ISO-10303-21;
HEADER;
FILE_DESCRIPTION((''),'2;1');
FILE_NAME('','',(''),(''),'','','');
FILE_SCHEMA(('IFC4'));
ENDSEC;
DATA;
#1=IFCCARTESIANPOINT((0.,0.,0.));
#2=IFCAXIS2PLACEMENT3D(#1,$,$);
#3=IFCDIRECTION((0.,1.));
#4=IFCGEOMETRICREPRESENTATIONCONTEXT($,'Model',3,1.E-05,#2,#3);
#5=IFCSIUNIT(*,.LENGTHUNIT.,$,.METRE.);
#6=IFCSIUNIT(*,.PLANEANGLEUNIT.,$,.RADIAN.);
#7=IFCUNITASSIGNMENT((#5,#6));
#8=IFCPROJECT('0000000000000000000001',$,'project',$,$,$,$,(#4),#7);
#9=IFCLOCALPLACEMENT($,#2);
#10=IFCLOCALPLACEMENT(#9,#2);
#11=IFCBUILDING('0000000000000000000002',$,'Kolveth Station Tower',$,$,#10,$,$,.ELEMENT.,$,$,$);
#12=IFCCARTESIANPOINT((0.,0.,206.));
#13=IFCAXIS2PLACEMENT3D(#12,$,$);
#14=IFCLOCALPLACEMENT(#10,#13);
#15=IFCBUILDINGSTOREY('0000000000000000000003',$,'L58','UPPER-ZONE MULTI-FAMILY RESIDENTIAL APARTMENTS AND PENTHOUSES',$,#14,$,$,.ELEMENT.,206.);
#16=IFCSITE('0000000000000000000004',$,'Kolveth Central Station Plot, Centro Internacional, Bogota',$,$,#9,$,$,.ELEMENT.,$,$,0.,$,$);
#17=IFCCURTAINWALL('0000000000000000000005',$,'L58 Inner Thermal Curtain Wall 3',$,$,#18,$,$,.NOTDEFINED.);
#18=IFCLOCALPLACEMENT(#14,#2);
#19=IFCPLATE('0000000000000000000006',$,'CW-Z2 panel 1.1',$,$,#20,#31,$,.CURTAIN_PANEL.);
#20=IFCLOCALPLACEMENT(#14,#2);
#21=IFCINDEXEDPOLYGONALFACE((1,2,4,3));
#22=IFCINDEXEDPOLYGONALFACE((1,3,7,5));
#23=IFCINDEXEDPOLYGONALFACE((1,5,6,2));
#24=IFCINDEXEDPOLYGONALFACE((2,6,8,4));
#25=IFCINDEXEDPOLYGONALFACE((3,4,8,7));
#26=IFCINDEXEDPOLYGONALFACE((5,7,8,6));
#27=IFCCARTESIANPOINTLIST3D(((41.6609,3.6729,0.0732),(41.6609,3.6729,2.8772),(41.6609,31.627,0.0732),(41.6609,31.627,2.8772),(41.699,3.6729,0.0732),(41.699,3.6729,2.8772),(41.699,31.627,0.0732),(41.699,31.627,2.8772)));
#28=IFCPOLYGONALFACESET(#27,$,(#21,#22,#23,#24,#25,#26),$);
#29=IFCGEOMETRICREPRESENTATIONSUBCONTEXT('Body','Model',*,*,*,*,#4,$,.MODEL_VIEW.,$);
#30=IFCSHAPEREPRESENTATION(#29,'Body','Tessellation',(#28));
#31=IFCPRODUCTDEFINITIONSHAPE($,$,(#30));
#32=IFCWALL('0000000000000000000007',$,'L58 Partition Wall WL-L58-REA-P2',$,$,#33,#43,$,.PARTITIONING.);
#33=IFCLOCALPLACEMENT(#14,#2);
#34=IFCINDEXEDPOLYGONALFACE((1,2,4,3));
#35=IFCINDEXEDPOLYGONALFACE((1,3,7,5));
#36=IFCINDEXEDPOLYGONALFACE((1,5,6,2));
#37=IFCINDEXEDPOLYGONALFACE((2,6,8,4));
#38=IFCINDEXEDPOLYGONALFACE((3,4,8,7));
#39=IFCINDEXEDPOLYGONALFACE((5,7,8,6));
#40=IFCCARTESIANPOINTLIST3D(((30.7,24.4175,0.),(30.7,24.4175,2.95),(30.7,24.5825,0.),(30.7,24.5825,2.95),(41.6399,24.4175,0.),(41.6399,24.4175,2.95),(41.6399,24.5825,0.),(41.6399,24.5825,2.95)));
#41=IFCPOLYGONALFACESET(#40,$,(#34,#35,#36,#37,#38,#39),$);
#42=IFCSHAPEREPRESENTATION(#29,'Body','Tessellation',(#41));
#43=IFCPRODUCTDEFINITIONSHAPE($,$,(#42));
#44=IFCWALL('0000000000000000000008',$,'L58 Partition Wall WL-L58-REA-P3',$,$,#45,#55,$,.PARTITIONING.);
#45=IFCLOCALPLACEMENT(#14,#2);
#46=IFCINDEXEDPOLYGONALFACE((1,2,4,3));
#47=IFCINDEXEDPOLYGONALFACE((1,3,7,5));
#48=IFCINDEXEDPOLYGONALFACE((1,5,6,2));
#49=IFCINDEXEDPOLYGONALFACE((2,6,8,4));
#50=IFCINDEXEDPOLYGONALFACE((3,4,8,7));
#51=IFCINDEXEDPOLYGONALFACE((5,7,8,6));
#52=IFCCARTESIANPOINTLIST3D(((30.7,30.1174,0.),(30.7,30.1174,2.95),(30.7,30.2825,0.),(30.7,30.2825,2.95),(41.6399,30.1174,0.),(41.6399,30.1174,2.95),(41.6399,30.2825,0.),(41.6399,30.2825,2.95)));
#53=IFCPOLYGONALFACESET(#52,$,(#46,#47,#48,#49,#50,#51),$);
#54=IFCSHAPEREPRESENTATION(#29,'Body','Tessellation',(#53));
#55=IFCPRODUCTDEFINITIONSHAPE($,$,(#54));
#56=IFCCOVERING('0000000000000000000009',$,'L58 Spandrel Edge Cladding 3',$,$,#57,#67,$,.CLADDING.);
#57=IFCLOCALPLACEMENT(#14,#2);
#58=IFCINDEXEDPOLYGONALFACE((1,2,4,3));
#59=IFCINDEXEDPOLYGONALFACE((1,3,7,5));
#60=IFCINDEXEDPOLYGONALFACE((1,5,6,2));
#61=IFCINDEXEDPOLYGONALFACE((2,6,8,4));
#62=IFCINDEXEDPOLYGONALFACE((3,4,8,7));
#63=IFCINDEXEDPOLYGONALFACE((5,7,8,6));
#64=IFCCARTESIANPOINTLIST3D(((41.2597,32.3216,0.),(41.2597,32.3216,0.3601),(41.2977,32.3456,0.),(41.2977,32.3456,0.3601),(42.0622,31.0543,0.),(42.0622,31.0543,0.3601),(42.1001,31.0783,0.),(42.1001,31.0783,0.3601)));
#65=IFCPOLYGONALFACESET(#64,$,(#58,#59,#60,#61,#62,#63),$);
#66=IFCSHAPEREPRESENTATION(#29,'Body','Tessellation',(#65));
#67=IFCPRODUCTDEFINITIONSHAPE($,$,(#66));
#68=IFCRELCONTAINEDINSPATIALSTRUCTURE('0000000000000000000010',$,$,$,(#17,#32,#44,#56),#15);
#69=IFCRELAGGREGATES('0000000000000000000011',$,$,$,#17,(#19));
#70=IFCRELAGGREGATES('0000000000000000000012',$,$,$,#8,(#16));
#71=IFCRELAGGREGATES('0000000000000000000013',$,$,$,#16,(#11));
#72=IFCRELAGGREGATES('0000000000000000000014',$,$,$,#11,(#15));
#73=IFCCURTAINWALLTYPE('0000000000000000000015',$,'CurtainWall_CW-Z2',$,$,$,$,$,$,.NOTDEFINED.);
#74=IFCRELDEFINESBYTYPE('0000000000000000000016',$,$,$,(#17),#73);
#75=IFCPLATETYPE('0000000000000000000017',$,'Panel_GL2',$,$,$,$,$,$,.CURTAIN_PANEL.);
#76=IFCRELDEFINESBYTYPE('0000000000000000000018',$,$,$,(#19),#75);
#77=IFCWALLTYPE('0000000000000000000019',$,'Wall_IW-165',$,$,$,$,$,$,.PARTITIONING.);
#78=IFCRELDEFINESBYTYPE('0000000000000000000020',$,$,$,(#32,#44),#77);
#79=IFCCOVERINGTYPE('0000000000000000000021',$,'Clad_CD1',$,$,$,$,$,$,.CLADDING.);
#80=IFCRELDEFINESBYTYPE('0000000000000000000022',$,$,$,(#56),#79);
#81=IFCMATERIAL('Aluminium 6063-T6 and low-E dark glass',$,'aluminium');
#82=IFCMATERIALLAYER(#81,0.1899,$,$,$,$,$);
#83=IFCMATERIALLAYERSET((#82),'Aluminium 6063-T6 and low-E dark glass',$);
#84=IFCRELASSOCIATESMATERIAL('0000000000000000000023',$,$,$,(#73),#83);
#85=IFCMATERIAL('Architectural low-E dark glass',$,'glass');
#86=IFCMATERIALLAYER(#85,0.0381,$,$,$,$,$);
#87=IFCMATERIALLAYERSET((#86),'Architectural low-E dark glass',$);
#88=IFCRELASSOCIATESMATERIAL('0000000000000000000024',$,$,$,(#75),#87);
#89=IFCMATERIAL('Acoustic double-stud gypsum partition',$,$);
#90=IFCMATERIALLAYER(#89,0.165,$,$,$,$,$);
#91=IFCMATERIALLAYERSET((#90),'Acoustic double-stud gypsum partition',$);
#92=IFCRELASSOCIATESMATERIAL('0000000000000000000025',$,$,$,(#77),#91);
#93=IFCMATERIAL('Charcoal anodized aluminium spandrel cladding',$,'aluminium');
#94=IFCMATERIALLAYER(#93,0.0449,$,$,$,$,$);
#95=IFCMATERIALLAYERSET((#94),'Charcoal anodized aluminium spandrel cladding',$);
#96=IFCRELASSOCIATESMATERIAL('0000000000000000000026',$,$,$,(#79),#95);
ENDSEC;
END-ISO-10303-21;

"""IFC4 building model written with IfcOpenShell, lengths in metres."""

from ifc_helpers import new_model, si_unit, direction, frame, frame_2d, origin, origin_2d, place, context, subcontext, project, spatial, rectangle, extrude, source, transform, mapped, material, layer, layer_set, type_object, element, aggregate, save


model = new_model("IFC4")

# Units and contexts
model_context = context("Model", 3, precision=1e-05, world=origin(), true_north=direction((0.0, 1.0)))
body_context = subcontext(model_context, "Body", "Model", "MODEL_VIEW")
ifc_project = project(units=[si_unit("LENGTHUNIT", "METRE"), si_unit("PLANEANGLEUNIT", "RADIAN")], contexts=[model_context])

# Site, building, storey
site_placement = place(None, origin())
site = spatial("IfcSite", under=ifc_project, at=site_placement, Name="Kolveth Central Station Plot, Centro Internacional, Bogota", CompositionType="ELEMENT", RefElevation=0.0)
building_placement = place(site_placement, origin())
building = spatial("IfcBuilding", under=site, at=building_placement, Name="Kolveth Station Tower", CompositionType="ELEMENT")
storey_placement = place(building_placement, frame((0.0, 0.0, 206.0)))
storey = spatial("IfcBuildingStorey", under=building, at=storey_placement, Name="L58", Description="UPPER-ZONE MULTI-FAMILY RESIDENTIAL APARTMENTS AND PENTHOUSES", CompositionType="ELEMENT", Elevation=206.0)

# Curtain wall
ifc_material_1 = material(Name="Aluminium 6063-T6 and low-E dark glass", Category="aluminium")
ifc_layer_1 = layer(ifc_material_1, 0.1899)
ifc_layer_set_1 = layer_set([ifc_layer_1], Name="Aluminium 6063-T6 and low-E dark glass")
curtain_wall_type = type_object("IfcCurtainWallType", Name="CurtainWall_CW-Z2", PredefinedType="NOTDEFINED", material=ifc_layer_set_1)
curtain_wall_1_placement = place(storey_placement, origin())
curtain_wall_1 = element("IfcCurtainWall", 1, at=curtain_wall_1_placement, inside=storey, type_object=curtain_wall_type, Name="L58 Inner Thermal Curtain Wall 3", PredefinedType="NOTDEFINED")

# Plate
ifc_material_2 = material(Name="Architectural low-E dark glass", Category="glass")
ifc_layer_2 = layer(ifc_material_2, 0.0381)
ifc_layer_set_2 = layer_set([ifc_layer_2], Name="Architectural low-E dark glass")
plate_type = type_object("IfcPlateType", Name="Panel_GL2", PredefinedType="CURTAIN_PANEL", material=ifc_layer_set_2)
shared_shape_1 = source(origin(), body_context, "Body", "SweptSolid", [
    extrude(rectangle(XDim=27.9541, YDim=0.0381, at=origin_2d()), origin(), (0.0, 0.0, 1.0), 2.804),
])
plate_placement = place(storey_placement, frame((41.6799, 17.6499, 0.0732), z_axis=(0.0, 0.0, 1.0), x_axis=(0.0, 1.0, 0.0)))
plate = element("IfcPlate", 2, at=plate_placement, type_object=plate_type, Name="CW-Z2 panel 1.1", PredefinedType="CURTAIN_PANEL", context=body_context, shape_type="MappedRepresentation", body=[
    mapped(shared_shape_1, transform((0.0, 0.0, 0.0), x_axis=(1.0, 0.0, 0.0), y_axis=(0.0, 1.0, 0.0), z_axis=(0.0, 0.0, 1.0), scale=1.0)),
])
aggregate(curtain_wall_1, [plate])

# Walls
ifc_material_3 = material(Name="Acoustic double-stud gypsum partition")
ifc_layer_3 = layer(ifc_material_3, 0.165)
ifc_layer_set_3 = layer_set([ifc_layer_3], Name="Acoustic double-stud gypsum partition")
wall_type = type_object("IfcWallType", Name="Wall_IW-165", PredefinedType="PARTITIONING", material=ifc_layer_set_3)
for number, where, z_axis, x_axis, name in (
    (3, (30.7, 24.5, 0.0), (0.0, 0.0, 1.0), (1.0, 0.0, 0.0), "L58 Partition Wall WL-L58-REA-P2"),
    (4, (30.7, 30.2, 0.0), (0.0, 0.0, 1.0), (1.0, 0.0, 0.0), "L58 Partition Wall WL-L58-REA-P3"),
):
    element("IfcWall", number, at=place(storey_placement, frame(where, z_axis=z_axis, x_axis=x_axis)), inside=storey, type_object=wall_type, Name=name, PredefinedType="PARTITIONING", context=body_context, shape_type="SweptSolid", body=[
        extrude(rectangle(XDim=10.9399, YDim=0.165, at=frame_2d((5.47, 0.0))), origin(), (0.0, 0.0, 1.0), 2.95),
    ])

# Covering
ifc_material_4 = material(Name="Charcoal anodized aluminium spandrel cladding", Category="aluminium")
ifc_layer_4 = layer(ifc_material_4, 0.0449)
ifc_layer_set_4 = layer_set([ifc_layer_4], Name="Charcoal anodized aluminium spandrel cladding")
covering_type = type_object("IfcCoveringType", Name="Clad_CD1", PredefinedType="CLADDING", material=ifc_layer_set_4)
shared_shape_2 = source(origin(), body_context, "Body", "SweptSolid", [
    extrude(rectangle(XDim=1.5, YDim=0.0449, at=origin_2d()), origin(), (0.0, 0.0, 1.0), 0.3601),
])
covering_placement = place(storey_placement, frame((41.6799, 31.7, 0.0), z_axis=(0.0, 0.0, 1.0), x_axis=(-0.534942, 0.844889, 0.0)))
element("IfcCovering", 5, at=covering_placement, inside=storey, type_object=covering_type, Name="L58 Spandrel Edge Cladding 3", PredefinedType="CLADDING", context=body_context, shape_type="MappedRepresentation", body=[
    mapped(shared_shape_2, transform((0.0, 0.0, 0.0), x_axis=(1.0, 0.0, 0.0), y_axis=(0.0, 1.0, 0.0), z_axis=(0.0, 0.0, 1.0), scale=1.0)),
])

save(model, "model.ifc")
